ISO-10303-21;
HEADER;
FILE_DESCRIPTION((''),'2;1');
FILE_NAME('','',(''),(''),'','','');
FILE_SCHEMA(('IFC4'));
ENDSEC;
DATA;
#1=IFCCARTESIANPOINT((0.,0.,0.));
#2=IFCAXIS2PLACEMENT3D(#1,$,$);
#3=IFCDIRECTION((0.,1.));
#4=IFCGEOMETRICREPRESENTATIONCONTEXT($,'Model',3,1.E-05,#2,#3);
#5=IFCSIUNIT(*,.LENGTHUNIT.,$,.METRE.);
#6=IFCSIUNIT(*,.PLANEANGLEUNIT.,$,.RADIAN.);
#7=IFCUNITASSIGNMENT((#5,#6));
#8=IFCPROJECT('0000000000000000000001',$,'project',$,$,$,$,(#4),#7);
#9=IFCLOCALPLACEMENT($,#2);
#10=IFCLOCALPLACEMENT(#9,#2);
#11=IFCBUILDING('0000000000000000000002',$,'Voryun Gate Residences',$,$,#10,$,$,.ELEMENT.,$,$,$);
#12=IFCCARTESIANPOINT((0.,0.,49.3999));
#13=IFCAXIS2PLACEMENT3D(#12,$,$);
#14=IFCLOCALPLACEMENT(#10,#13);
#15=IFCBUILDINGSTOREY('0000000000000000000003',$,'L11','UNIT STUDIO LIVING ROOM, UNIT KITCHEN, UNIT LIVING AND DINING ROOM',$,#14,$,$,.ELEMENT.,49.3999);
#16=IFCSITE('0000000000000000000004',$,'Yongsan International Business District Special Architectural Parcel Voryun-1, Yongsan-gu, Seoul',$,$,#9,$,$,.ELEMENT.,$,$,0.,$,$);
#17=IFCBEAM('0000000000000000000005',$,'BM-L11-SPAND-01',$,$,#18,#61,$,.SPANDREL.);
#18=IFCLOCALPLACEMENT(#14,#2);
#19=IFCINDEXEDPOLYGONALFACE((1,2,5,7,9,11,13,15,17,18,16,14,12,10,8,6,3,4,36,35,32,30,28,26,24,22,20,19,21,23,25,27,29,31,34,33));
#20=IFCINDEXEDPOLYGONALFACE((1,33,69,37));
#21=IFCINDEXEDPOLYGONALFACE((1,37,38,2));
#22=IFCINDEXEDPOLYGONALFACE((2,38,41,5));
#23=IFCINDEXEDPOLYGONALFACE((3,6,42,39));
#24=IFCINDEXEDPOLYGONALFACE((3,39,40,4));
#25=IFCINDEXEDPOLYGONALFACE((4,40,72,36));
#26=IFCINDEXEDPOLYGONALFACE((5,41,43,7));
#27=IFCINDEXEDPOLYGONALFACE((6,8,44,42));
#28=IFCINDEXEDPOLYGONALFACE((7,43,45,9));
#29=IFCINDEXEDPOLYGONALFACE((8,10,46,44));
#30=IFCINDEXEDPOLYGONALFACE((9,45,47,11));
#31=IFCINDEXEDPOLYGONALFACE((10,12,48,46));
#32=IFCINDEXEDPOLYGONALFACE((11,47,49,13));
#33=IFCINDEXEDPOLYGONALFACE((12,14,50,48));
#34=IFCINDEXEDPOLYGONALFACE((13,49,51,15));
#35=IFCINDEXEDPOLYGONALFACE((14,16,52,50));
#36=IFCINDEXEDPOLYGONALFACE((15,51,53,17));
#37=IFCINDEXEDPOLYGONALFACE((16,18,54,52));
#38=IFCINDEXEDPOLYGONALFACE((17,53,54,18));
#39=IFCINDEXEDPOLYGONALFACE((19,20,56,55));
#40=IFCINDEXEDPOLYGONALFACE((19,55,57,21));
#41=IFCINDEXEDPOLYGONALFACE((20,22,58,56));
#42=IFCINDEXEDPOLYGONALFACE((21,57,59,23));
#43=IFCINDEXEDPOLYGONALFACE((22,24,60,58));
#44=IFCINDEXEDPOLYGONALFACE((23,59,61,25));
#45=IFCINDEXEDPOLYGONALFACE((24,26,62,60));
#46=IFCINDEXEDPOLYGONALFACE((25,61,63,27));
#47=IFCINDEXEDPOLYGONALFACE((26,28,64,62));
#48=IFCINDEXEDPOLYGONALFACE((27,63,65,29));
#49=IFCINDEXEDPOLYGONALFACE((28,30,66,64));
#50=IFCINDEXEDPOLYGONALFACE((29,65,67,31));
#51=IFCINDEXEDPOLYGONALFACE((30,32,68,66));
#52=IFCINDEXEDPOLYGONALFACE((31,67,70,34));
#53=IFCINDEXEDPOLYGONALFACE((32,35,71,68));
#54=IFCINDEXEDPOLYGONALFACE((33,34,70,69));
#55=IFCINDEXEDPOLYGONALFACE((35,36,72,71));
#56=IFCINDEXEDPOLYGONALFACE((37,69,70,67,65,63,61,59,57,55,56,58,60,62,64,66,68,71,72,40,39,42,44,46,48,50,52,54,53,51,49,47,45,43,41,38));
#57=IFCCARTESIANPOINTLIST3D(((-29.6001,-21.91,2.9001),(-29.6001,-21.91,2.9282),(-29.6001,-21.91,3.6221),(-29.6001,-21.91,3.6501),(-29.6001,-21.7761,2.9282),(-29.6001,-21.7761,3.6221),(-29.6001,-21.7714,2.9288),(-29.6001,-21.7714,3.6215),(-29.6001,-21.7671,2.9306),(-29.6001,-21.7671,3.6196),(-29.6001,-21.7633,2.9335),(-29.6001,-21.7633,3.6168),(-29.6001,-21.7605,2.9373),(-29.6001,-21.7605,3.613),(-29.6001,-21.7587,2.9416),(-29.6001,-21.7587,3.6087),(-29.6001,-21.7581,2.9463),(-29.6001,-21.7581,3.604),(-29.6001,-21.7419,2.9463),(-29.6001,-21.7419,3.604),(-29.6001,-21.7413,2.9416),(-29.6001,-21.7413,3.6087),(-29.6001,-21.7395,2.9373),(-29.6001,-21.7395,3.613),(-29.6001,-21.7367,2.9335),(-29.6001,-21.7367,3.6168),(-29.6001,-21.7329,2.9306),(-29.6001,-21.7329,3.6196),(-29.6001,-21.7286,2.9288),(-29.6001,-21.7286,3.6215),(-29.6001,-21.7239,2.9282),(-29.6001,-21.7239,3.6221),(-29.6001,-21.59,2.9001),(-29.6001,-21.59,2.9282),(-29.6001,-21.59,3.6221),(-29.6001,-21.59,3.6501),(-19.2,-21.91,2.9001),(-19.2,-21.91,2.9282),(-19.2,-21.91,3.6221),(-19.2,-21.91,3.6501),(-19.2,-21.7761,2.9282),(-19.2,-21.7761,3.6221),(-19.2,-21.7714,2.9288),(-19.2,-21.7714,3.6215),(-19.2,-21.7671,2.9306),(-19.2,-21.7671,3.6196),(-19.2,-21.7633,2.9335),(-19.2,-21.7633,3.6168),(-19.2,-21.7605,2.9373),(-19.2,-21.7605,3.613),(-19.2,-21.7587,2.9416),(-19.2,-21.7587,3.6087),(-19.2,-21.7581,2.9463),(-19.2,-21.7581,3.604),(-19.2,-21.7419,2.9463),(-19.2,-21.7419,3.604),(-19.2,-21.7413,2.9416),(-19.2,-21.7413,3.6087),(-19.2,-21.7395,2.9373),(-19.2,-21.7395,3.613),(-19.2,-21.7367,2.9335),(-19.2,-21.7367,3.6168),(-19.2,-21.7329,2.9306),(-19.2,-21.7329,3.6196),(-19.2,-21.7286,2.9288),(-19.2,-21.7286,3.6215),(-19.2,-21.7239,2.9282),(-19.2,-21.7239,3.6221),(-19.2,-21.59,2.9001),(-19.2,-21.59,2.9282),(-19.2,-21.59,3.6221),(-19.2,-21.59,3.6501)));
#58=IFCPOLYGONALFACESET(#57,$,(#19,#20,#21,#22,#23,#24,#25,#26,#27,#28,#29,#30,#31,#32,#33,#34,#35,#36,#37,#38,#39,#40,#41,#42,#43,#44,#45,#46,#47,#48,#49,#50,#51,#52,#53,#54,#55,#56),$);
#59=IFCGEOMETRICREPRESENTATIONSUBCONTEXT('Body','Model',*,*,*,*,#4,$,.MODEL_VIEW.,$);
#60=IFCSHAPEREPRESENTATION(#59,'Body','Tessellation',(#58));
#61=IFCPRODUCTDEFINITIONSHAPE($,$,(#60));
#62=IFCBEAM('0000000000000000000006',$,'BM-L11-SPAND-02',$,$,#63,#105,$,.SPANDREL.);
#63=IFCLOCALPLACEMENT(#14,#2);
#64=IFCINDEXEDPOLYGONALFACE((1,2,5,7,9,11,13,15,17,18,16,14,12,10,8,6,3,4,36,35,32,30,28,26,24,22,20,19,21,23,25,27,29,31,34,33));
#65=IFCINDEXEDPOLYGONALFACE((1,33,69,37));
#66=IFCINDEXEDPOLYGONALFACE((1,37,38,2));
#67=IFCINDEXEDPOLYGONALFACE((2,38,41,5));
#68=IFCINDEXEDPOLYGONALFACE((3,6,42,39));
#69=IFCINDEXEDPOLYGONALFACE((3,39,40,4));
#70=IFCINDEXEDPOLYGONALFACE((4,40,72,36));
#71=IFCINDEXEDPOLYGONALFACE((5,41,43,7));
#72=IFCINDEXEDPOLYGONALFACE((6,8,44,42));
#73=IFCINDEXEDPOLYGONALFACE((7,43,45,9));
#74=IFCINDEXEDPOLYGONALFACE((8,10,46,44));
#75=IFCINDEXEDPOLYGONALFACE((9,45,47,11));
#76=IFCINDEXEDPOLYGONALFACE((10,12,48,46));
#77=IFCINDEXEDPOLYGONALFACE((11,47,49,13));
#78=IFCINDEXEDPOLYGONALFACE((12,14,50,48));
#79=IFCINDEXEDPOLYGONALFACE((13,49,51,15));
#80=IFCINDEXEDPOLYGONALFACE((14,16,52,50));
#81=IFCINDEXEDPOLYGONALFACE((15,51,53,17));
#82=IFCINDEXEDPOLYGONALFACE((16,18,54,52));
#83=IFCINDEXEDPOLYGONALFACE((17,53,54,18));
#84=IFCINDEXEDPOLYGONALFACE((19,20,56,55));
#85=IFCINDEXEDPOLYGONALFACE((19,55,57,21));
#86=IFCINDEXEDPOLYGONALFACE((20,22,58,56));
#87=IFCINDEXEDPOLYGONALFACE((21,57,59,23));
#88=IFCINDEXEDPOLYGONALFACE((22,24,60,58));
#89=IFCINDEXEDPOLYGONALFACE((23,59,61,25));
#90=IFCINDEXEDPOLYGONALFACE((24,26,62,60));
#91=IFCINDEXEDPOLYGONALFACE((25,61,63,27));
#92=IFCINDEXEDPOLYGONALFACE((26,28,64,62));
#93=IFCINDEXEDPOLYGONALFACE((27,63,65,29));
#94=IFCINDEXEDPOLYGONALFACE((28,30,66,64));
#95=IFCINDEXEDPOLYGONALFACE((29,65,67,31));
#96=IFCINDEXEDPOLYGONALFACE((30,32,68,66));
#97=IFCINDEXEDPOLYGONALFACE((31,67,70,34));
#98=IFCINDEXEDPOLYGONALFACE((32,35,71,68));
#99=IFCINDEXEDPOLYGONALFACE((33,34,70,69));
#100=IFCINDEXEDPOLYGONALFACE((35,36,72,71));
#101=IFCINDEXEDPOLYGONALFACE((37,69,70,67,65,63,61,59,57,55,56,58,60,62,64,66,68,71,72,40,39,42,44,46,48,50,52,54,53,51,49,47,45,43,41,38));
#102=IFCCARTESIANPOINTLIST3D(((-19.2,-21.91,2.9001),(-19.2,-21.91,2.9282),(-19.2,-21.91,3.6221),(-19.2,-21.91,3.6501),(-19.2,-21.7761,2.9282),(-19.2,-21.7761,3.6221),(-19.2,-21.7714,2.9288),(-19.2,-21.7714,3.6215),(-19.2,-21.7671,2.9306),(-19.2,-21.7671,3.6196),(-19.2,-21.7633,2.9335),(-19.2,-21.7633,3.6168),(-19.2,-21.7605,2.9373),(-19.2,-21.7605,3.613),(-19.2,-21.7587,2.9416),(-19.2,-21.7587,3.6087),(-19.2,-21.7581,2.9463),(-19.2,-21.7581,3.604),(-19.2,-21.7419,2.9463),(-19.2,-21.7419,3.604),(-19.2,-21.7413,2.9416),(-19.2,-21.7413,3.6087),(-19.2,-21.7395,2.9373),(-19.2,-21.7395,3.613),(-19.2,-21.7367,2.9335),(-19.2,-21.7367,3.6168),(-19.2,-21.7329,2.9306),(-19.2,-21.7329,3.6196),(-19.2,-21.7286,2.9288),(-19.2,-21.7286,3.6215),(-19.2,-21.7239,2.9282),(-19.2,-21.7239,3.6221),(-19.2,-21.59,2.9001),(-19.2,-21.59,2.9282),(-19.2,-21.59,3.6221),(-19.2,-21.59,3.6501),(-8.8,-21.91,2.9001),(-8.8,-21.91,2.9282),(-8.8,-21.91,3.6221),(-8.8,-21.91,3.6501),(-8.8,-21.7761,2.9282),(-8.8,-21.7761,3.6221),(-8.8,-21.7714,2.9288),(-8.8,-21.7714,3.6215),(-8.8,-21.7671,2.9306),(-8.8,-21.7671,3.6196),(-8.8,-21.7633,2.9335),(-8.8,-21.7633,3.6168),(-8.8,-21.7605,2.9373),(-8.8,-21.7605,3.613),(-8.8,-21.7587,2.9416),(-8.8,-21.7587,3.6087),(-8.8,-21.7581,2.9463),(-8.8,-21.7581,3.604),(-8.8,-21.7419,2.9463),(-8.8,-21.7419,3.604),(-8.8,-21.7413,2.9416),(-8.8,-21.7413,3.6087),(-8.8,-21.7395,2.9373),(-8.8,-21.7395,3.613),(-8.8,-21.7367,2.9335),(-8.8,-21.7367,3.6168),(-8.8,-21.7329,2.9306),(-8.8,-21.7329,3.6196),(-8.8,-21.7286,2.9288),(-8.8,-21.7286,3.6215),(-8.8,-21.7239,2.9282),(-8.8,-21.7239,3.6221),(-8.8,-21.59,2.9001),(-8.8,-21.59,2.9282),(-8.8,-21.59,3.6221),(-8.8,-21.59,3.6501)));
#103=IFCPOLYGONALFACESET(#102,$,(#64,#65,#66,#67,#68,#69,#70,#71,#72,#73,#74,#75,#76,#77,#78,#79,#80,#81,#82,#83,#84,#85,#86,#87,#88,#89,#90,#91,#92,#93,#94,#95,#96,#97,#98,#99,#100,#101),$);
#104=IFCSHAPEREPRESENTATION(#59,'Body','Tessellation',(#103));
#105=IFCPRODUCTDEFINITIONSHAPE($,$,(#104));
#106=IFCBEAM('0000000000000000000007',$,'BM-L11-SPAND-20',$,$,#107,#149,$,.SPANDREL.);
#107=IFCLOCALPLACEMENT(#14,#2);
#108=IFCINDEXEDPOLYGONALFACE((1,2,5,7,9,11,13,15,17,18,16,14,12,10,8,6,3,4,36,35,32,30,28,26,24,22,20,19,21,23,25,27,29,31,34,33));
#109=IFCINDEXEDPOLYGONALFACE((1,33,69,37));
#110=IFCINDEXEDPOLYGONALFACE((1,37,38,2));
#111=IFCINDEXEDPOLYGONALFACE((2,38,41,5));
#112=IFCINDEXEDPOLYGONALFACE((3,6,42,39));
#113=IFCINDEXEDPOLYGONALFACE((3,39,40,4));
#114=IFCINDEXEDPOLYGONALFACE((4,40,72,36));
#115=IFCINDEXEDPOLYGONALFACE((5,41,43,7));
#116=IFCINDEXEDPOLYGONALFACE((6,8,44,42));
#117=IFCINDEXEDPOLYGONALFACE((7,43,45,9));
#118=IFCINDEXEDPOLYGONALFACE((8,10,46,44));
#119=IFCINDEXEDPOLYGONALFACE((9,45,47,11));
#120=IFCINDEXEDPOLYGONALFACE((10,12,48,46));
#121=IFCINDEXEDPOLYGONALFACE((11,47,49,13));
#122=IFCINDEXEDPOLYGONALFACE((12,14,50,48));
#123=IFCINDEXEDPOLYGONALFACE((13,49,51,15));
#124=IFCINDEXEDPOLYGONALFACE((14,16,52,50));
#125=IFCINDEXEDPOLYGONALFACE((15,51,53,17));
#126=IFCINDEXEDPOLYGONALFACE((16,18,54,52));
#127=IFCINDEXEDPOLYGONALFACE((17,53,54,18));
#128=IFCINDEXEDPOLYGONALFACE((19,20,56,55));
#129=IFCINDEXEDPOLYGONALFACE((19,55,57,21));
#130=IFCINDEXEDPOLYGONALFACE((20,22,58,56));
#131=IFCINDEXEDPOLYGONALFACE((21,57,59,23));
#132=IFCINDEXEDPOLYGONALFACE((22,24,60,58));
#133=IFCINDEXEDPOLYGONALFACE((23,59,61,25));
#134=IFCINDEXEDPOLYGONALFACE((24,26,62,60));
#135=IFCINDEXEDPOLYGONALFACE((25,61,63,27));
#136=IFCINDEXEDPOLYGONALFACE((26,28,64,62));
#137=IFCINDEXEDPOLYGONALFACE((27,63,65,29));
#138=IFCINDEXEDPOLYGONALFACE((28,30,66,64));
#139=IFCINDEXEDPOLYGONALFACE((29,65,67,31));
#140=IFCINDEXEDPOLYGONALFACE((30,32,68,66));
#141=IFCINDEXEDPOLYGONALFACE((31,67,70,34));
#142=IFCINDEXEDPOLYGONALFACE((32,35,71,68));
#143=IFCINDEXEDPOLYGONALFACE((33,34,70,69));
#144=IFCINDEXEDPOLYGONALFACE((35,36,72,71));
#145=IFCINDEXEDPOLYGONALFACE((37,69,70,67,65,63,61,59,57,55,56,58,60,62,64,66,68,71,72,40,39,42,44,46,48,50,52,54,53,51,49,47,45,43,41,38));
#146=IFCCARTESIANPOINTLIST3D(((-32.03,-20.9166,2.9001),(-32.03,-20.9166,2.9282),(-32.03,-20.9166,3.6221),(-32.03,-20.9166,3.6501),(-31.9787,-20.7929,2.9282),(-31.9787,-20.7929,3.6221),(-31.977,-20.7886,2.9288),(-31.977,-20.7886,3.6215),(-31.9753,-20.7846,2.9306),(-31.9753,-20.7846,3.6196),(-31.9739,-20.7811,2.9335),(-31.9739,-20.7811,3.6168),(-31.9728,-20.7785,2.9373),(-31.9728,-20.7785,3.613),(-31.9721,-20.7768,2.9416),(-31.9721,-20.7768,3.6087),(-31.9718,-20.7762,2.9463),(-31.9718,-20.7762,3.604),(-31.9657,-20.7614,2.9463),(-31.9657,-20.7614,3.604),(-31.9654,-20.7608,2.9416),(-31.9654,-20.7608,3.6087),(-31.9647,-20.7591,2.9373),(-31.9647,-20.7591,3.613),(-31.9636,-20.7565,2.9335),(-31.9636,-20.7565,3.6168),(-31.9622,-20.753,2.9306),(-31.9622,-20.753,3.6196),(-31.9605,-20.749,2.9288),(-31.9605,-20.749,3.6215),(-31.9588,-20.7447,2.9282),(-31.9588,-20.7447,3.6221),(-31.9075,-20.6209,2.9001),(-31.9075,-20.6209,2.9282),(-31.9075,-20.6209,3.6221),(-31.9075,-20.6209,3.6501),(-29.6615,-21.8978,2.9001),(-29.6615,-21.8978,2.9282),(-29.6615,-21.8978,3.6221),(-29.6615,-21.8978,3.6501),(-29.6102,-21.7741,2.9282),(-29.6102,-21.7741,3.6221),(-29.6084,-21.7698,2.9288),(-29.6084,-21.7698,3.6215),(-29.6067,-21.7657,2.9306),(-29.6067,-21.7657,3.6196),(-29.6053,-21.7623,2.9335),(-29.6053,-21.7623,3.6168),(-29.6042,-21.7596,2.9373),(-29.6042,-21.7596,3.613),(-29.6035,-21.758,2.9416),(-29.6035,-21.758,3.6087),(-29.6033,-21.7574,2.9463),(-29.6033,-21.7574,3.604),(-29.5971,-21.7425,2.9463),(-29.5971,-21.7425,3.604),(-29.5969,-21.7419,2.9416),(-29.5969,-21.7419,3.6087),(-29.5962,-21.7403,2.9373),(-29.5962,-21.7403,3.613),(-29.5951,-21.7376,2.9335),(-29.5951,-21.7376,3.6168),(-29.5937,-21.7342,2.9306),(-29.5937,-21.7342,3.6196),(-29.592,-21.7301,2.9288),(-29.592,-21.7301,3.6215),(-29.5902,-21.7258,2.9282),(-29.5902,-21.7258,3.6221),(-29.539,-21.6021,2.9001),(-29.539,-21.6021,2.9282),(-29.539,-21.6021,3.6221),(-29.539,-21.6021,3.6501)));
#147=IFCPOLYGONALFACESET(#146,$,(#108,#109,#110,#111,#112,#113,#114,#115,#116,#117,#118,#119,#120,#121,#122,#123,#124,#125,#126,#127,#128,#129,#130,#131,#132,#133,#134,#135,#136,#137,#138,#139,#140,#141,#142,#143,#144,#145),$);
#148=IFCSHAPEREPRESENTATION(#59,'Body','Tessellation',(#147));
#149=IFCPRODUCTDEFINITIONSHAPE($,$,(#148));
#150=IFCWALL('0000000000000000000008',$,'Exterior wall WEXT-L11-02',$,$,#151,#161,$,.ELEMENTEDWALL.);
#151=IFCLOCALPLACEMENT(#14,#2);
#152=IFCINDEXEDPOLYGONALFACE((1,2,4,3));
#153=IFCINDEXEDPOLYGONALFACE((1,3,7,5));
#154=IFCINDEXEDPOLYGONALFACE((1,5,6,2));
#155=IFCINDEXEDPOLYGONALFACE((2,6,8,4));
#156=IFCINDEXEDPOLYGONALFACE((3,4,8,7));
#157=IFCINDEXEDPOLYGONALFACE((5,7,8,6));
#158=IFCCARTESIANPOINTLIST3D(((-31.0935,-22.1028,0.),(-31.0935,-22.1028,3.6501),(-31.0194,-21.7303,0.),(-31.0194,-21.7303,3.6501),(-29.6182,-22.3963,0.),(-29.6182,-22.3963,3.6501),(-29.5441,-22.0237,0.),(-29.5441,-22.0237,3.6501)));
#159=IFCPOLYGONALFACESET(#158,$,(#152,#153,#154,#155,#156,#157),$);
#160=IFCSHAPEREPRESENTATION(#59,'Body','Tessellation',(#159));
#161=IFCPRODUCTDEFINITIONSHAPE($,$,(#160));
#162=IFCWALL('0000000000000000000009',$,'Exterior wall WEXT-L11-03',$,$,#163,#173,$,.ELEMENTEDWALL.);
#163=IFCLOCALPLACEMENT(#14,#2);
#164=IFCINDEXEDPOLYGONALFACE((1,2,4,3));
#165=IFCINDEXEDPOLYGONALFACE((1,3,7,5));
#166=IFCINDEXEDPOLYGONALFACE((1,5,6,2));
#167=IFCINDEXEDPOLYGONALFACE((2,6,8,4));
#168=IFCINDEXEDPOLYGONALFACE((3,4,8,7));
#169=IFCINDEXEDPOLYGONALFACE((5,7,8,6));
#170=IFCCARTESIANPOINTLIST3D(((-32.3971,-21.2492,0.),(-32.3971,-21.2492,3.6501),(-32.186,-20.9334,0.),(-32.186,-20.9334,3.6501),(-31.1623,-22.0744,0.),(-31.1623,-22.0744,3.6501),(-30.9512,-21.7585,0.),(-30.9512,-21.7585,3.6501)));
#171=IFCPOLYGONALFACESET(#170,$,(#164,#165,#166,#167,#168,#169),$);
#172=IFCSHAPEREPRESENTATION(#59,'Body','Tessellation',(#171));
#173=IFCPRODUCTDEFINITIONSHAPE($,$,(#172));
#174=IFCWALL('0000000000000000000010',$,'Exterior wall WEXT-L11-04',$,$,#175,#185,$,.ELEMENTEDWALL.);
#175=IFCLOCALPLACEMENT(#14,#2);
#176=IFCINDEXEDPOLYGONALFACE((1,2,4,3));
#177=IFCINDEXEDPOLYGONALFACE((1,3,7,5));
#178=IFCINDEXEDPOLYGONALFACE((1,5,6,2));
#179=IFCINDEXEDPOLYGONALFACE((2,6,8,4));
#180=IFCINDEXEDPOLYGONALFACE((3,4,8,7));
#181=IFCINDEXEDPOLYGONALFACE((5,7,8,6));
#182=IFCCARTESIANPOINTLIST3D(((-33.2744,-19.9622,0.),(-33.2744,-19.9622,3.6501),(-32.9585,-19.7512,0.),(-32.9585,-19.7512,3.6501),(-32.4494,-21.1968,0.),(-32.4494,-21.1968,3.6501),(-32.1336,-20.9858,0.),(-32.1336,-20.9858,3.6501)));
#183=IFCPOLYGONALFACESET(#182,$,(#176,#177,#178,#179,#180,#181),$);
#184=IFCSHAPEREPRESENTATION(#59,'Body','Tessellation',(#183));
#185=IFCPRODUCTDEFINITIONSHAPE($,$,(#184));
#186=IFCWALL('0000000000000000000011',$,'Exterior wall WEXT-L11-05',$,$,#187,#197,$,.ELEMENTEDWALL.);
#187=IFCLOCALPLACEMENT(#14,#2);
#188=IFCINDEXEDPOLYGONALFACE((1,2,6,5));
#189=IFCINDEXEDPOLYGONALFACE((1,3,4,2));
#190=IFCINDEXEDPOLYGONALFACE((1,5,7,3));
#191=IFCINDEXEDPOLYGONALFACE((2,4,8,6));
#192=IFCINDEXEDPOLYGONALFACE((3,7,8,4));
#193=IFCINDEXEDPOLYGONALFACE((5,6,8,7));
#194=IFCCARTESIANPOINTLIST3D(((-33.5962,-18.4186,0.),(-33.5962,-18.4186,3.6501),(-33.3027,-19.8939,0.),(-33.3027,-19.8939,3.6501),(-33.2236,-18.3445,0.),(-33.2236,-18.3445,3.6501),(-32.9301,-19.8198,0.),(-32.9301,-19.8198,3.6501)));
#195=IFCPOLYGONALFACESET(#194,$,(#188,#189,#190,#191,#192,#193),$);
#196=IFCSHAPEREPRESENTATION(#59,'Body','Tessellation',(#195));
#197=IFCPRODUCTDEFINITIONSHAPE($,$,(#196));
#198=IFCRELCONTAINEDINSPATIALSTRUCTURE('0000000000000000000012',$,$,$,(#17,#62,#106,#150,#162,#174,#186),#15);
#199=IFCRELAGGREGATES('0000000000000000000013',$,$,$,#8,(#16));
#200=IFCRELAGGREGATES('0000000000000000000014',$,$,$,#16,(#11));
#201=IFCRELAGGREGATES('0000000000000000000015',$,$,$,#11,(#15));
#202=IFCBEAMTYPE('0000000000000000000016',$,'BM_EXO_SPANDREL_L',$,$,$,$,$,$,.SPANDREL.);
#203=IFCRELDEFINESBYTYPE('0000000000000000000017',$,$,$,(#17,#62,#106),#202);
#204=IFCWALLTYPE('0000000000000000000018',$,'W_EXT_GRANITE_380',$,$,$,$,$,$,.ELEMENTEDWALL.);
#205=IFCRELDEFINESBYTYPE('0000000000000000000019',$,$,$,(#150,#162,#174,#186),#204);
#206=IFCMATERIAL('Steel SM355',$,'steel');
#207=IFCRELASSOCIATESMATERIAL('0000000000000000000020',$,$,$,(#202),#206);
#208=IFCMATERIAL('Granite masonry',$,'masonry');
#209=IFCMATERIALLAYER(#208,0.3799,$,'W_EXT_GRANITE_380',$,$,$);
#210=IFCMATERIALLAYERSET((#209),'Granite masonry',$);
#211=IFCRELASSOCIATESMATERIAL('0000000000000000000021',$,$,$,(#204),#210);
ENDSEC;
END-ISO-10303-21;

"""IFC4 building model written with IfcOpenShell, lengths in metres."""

from ifc_helpers import new_model, si_unit, direction, frame, frame_2d, origin, origin_2d, place, context, subcontext, project, spatial, rectangle, i_section, extrude, material, layer, layer_set, material_profile, profile_set, type_object, element, save


model = new_model("IFC4")

# Units and contexts
model_context = context("Model", 3, precision=1e-05, world=origin(), true_north=direction((0.0, 1.0)))
body_context = subcontext(model_context, "Body", "Model", "MODEL_VIEW")
ifc_project = project(units=[si_unit("LENGTHUNIT", "METRE"), si_unit("PLANEANGLEUNIT", "RADIAN")], contexts=[model_context])

# Site, building, storey
site_placement = place(None, origin())
site = spatial("IfcSite", under=ifc_project, at=site_placement, Name="Yongsan International Business District Special Architectural Parcel Voryun-1, Yongsan-gu, Seoul", CompositionType="ELEMENT", RefElevation=0.0)
building_placement = place(site_placement, origin())
building = spatial("IfcBuilding", under=site, at=building_placement, Name="Voryun Gate Residences", CompositionType="ELEMENT")
storey_placement = place(building_placement, frame((0.0, 0.0, 49.3999)))
storey = spatial("IfcBuildingStorey", under=building, at=storey_placement, Name="L11", Description="UNIT STUDIO LIVING ROOM, UNIT KITCHEN, UNIT LIVING AND DINING ROOM", CompositionType="ELEMENT", Elevation=49.3999)

# Beams
ifc_material_1 = material(Name="Steel SM355", Category="steel")
ifc_material_profile_1 = material_profile(ifc_material_1, i_section(OverallWidth=0.3201, OverallDepth=0.75, WebThickness=0.0161, FlangeThickness=0.0281, FilletRadius=0.0181, at=origin_2d()), Name="H-750x320x16x28")
ifc_profile_set_1 = profile_set([ifc_material_profile_1], Name="Steel SM355")
beam_type_1 = type_object("IfcBeamType", Name="BM_EXO_SPANDREL_L", PredefinedType="SPANDREL", material=ifc_profile_set_1)
beam_1_placement = place(storey_placement, frame((-29.6001, -21.75, 3.2751), z_axis=(1.0, 0.0, 0.0), x_axis=(0.0, 1.0, 0.0)))
element("IfcBeam", 1, at=beam_1_placement, inside=storey, type_object=beam_type_1, Name="BM-L11-SPAND-01", PredefinedType="SPANDREL", context=body_context, shape_type="SweptSolid", body=[
    extrude(i_section(OverallWidth=0.3201, OverallDepth=0.75, WebThickness=0.0161, FlangeThickness=0.0281, FilletRadius=0.0181, at=origin_2d()), origin(), (0.0, 0.0, 1.0), 10.4001),
])
beam_2_placement = place(storey_placement, frame((-19.2, -21.75, 3.2751), z_axis=(1.0, 0.0, 0.0), x_axis=(0.0, 1.0, 0.0)))
element("IfcBeam", 2, at=beam_2_placement, inside=storey, type_object=beam_type_1, Name="BM-L11-SPAND-02", PredefinedType="SPANDREL", context=body_context, shape_type="SweptSolid", body=[
    extrude(i_section(OverallWidth=0.3201, OverallDepth=0.75, WebThickness=0.0161, FlangeThickness=0.0281, FilletRadius=0.0181, at=origin_2d()), origin(), (0.0, 0.0, 1.0), 10.3999),
])
beam_3_placement = place(storey_placement, frame((-31.9688, -20.7688, 3.2751), z_axis=(0.923869, -0.382708, 0.0), x_axis=(0.382708, 0.923869, 0.0)))
element("IfcBeam", 3, at=beam_3_placement, inside=storey, type_object=beam_type_1, Name="BM-L11-SPAND-20", PredefinedType="SPANDREL", context=body_context, shape_type="SweptSolid", body=[
    extrude(i_section(OverallWidth=0.3201, OverallDepth=0.75, WebThickness=0.0161, FlangeThickness=0.0281, FilletRadius=0.0181, at=origin_2d()), origin(), (0.0, 0.0, 1.0), 2.5637),
])

# Walls
ifc_material_2 = material(Name="Granite masonry", Category="masonry")
ifc_layer_1 = layer(ifc_material_2, 0.3799, Name="W_EXT_GRANITE_380")
ifc_layer_set_1 = layer_set([ifc_layer_1], Name="Granite masonry")
wall_type_1 = type_object("IfcWallType", Name="W_EXT_GRANITE_380", PredefinedType="ELEMENTEDWALL", material=ifc_layer_set_1)
wall_1_placement = place(storey_placement, frame((-29.5813, -22.21, 0.0), z_axis=(0.0, 0.0, 1.0), x_axis=(-0.980786, 0.195086, 0.0)))
element("IfcWall", 4, at=wall_1_placement, inside=storey, type_object=wall_type_1, Name="Exterior wall WEXT-L11-02", PredefinedType="ELEMENTEDWALL", context=body_context, shape_type="SweptSolid", body=[
    extrude(rectangle(XDim=1.5042, YDim=0.3799, at=frame_2d((0.752, 0.0))), origin(), (0.0, 0.0, 1.0), 3.6501),
])
wall_2_placement = place(storey_placement, frame((-31.0566, -21.9165, 0.0), z_axis=(0.0, 0.0, 1.0), x_axis=(-0.831443, 0.55561, 0.0)))
element("IfcWall", 5, at=wall_2_placement, inside=storey, type_object=wall_type_1, Name="Exterior wall WEXT-L11-03", PredefinedType="ELEMENTEDWALL", context=body_context, shape_type="SweptSolid", body=[
    extrude(rectangle(XDim=1.4851, YDim=0.3799, at=frame_2d((0.7427, 0.0))), origin(), (0.0, 0.0, 1.0), 3.6501),
])
wall_3_placement = place(storey_placement, frame((-32.2915, -21.0913, 0.0), z_axis=(0.0, 0.0, 1.0), x_axis=(-0.555573, 0.831468, 0.0)))
element("IfcWall", 6, at=wall_3_placement, inside=storey, type_object=wall_type_1, Name="Exterior wall WEXT-L11-04", PredefinedType="ELEMENTEDWALL", context=body_context, shape_type="SweptSolid", body=[
    extrude(rectangle(XDim=1.4849, YDim=0.3799, at=frame_2d((0.7424, 0.0))), origin(), (0.0, 0.0, 1.0), 3.6501),
])
wall_4_placement = place(storey_placement, frame((-33.1165, -19.8567, 0.0), z_axis=(0.0, 0.0, 1.0), x_axis=(-0.195086, 0.980786, 0.0)))
element("IfcWall", 7, at=wall_4_placement, inside=storey, type_object=wall_type_1, Name="Exterior wall WEXT-L11-05", PredefinedType="ELEMENTEDWALL", context=body_context, shape_type="SweptSolid", body=[
    extrude(rectangle(XDim=1.5042, YDim=0.3799, at=frame_2d((0.752, 0.0))), origin(), (0.0, 0.0, 1.0), 3.6501),
])

save(model, "model.ifc")
